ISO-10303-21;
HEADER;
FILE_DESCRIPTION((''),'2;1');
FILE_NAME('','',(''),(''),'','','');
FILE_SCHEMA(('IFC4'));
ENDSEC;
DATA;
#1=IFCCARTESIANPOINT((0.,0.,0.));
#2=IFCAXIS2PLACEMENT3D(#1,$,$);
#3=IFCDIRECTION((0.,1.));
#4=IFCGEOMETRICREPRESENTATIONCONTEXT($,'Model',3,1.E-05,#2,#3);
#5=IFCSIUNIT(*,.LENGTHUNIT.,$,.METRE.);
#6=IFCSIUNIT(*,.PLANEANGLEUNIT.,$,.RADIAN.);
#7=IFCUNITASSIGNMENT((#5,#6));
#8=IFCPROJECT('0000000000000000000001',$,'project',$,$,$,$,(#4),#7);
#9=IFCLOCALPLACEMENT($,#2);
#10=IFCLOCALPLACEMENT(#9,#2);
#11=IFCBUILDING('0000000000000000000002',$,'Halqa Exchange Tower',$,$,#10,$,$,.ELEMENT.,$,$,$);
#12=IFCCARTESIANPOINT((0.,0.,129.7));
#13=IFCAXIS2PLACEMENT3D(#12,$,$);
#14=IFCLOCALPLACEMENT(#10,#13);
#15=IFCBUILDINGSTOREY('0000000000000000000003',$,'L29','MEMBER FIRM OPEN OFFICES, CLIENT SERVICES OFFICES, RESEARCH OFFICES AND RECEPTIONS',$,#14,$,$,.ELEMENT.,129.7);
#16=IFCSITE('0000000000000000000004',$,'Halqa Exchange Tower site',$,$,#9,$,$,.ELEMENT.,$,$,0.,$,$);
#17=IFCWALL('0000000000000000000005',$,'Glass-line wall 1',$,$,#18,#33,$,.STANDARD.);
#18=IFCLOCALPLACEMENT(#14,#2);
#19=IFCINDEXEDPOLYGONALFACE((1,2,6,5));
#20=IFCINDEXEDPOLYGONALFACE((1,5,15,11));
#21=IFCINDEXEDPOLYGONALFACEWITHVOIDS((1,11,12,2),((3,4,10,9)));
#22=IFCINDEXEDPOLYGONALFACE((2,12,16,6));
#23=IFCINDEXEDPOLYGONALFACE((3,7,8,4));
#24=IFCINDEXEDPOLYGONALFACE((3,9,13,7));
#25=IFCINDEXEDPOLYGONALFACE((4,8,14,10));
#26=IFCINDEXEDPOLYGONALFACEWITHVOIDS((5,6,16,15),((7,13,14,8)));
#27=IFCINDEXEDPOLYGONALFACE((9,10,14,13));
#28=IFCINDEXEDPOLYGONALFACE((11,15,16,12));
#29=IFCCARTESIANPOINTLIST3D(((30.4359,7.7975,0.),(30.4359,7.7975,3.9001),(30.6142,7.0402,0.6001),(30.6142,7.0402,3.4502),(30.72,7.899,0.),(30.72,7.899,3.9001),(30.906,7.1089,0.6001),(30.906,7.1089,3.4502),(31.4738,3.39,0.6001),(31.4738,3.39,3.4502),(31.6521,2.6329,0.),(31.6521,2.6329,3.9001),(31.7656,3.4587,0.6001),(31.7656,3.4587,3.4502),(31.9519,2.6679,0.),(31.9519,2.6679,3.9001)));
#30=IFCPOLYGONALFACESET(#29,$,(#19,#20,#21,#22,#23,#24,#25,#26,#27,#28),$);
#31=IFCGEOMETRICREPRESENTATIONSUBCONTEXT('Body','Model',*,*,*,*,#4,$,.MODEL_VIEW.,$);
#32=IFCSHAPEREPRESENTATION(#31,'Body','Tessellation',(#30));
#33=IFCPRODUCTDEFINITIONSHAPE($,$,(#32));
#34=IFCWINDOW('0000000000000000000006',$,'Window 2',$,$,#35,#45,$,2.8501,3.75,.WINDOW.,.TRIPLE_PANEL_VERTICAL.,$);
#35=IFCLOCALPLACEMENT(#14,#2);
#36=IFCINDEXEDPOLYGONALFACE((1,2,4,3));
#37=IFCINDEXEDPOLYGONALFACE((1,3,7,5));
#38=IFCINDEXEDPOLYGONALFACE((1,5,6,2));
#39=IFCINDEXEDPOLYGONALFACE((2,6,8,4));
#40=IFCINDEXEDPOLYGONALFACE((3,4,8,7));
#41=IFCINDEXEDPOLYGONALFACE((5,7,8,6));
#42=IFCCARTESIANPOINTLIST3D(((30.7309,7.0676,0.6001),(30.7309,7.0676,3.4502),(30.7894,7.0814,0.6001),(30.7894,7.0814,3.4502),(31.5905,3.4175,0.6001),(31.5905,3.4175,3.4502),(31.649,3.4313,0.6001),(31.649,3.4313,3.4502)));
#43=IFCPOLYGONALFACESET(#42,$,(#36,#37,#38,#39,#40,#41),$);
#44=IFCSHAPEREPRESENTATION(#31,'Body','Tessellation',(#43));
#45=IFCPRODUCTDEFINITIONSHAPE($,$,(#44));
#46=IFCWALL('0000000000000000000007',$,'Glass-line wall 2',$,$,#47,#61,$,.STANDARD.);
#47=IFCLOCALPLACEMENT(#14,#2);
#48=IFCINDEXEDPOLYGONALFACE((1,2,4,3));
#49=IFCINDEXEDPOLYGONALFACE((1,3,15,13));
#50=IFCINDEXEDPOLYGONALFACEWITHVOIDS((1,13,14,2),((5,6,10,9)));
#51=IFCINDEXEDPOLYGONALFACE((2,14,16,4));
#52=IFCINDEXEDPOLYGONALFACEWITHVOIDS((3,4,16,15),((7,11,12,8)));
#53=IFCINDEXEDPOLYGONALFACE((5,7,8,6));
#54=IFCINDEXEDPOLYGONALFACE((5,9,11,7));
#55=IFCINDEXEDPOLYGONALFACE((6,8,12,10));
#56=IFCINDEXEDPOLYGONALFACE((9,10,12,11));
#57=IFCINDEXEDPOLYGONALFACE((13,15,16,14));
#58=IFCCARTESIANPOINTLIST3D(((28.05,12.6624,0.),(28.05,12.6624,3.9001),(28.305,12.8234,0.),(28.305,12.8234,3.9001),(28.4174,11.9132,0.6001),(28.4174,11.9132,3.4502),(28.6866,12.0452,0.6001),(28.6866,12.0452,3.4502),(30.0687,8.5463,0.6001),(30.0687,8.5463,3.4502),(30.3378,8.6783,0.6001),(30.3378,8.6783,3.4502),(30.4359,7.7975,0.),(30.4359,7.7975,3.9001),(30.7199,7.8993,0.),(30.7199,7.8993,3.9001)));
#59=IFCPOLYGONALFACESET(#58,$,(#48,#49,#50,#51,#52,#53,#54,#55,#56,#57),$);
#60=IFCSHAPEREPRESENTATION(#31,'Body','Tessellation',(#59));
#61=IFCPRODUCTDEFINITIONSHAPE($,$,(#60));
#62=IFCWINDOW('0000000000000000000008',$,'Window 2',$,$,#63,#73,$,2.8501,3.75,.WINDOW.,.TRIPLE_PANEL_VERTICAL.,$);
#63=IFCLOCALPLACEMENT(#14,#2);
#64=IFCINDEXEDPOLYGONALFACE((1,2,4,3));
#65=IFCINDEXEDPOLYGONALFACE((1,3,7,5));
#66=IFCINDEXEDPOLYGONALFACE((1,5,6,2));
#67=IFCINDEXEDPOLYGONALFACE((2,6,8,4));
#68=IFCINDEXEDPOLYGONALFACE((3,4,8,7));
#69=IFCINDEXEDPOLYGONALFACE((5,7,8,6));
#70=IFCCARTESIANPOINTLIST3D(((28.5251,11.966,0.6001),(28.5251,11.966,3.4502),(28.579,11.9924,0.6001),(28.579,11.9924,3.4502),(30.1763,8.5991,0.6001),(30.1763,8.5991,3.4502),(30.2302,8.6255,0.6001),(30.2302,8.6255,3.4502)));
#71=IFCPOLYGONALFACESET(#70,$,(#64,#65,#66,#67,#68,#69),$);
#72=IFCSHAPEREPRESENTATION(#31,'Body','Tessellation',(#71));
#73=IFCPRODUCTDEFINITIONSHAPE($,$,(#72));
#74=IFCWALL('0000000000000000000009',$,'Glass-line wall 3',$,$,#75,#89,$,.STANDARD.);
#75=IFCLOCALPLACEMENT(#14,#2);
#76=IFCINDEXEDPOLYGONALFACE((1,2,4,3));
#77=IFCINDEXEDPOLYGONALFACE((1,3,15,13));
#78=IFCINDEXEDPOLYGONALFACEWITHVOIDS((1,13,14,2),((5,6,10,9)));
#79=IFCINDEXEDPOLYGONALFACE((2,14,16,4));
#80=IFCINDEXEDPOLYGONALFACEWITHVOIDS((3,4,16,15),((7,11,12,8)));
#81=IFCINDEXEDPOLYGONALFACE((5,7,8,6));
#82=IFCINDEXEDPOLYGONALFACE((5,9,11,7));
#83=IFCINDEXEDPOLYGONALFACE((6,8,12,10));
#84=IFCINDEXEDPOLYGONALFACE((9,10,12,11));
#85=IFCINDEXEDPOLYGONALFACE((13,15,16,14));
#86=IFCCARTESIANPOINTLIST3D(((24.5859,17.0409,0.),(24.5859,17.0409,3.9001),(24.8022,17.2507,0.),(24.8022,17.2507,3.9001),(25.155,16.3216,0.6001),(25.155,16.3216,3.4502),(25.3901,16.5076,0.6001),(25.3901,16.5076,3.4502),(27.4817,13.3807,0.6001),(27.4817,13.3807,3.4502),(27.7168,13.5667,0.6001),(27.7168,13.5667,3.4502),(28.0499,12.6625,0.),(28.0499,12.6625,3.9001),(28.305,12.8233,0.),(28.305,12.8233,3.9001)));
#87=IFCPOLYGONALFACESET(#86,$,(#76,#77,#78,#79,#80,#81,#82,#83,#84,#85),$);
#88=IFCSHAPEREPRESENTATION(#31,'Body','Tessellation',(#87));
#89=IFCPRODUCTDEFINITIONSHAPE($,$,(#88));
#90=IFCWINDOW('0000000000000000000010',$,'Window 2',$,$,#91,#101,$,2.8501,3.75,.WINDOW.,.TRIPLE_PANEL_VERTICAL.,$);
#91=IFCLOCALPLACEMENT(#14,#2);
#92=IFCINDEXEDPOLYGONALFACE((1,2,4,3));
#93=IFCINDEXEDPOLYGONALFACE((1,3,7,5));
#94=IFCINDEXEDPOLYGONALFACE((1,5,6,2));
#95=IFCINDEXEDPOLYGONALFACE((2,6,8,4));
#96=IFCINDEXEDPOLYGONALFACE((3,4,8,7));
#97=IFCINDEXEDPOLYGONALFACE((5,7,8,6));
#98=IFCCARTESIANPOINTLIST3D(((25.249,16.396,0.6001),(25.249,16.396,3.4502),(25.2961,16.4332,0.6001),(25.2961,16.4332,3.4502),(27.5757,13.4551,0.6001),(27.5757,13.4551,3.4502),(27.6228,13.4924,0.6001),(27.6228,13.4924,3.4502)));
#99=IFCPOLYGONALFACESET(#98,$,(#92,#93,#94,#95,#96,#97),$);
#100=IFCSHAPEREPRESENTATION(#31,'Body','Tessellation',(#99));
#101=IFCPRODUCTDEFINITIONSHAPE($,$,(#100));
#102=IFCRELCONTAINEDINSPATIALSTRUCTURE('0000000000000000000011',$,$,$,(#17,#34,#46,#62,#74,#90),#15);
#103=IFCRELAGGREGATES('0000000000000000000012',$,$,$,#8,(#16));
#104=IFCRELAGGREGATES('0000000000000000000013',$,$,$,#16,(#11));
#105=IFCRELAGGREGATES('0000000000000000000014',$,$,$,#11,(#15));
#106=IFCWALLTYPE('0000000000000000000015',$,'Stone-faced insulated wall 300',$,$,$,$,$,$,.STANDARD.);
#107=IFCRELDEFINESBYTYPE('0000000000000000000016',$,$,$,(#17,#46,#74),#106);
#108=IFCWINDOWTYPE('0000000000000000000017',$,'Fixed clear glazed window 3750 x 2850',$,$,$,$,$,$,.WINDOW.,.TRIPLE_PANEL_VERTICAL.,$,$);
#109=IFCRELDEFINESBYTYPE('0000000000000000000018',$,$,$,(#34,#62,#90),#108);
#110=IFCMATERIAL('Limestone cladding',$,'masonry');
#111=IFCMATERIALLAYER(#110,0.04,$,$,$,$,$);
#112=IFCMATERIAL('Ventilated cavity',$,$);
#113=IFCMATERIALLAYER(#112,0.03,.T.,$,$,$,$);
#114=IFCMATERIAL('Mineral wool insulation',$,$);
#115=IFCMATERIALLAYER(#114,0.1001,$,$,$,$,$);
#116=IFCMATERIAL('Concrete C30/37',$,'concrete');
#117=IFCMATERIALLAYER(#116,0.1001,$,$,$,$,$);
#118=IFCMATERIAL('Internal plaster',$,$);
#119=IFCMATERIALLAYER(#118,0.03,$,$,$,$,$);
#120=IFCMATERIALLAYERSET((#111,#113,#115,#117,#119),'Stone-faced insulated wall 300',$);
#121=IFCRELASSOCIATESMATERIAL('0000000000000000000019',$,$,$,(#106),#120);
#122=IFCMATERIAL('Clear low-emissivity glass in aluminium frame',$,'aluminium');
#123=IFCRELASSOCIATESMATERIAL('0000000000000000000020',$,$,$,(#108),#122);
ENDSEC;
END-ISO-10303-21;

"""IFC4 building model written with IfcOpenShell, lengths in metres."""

from ifc_helpers import new_model, si_unit, direction, frame, frame_2d, origin, place, context, subcontext, project, spatial, polyline, rectangle, outline, extrude, material, layer, layer_set, type_object, element, fill, save


model = new_model("IFC4")

# Units and contexts
model_context = context("Model", 3, precision=1e-05, world=origin(), true_north=direction((0.0, 1.0)))
body_context = subcontext(model_context, "Body", "Model", "MODEL_VIEW")
ifc_project = project(units=[si_unit("LENGTHUNIT", "METRE"), si_unit("PLANEANGLEUNIT", "RADIAN")], contexts=[model_context])

# Site, building, storey
site_placement = place(None, origin())
site = spatial("IfcSite", under=ifc_project, at=site_placement, Name="Halqa Exchange Tower site", CompositionType="ELEMENT", RefElevation=0.0)
building_placement = place(site_placement, origin())
building = spatial("IfcBuilding", under=site, at=building_placement, Name="Halqa Exchange Tower", CompositionType="ELEMENT")
storey_placement = place(building_placement, frame((0.0, 0.0, 129.7)))
storey = spatial("IfcBuildingStorey", under=building, at=storey_placement, Name="L29", Description="MEMBER FIRM OPEN OFFICES, CLIENT SERVICES OFFICES, RESEARCH OFFICES AND RECEPTIONS", CompositionType="ELEMENT", Elevation=129.7)

# Walls, openings, windows
ifc_material_1 = material(Name="Limestone cladding", Category="masonry")
ifc_layer_1 = layer(ifc_material_1, 0.04)
ifc_material_2 = material(Name="Ventilated cavity")
ifc_layer_2 = layer(ifc_material_2, 0.03, ventilated=True)
ifc_material_3 = material(Name="Mineral wool insulation")
ifc_layer_3 = layer(ifc_material_3, 0.1001)
ifc_material_4 = material(Name="Concrete C30/37", Category="concrete")
ifc_layer_4 = layer(ifc_material_4, 0.1001)
ifc_material_5 = material(Name="Internal plaster")
ifc_layer_5 = layer(ifc_material_5, 0.03)
ifc_layer_set_1 = layer_set([ifc_layer_1, ifc_layer_2, ifc_layer_3, ifc_layer_4, ifc_layer_5], Name="Stone-faced insulated wall 300")
wall_type_1 = type_object("IfcWallType", Name="Stone-faced insulated wall 300", PredefinedType="STANDARD", material=ifc_layer_set_1)
wall_1_placement = place(storey_placement, frame((31.802, 2.6504, 0.0), z_axis=(0.0, 0.0, 1.0), x_axis=(-0.229228, 0.973373, 0.0)))
wall_1 = element("IfcWall", 1, at=wall_1_placement, inside=storey, type_object=wall_type_1, Name="Glass-line wall 1", PredefinedType="STANDARD", context=body_context, shape_type="SweptSolid", body=[
    extrude(outline(polyline([(-0.0173, -0.1499), (5.3569, -0.1499), (5.3232, 0.1499), (0.0173, 0.1499), (-0.0173, -0.1499)])), origin(), (0.0, 0.0, 1.0), 3.9001),
])
opening_1_placement = place(wall_1_placement, frame((0.7952, 0.0, 0.6001)))
opening_1 = element("IfcOpeningElement", 2, at=opening_1_placement, cuts=wall_1, PredefinedType="OPENING", context=body_context, shape_type="SweptSolid", body=[
    extrude(rectangle(XDim=3.75, YDim=2.8501, at=frame_2d((1.875, 1.425))), frame((0.0, 0.1621, 0.0), z_axis=(0.0, -1.0, 0.0), x_axis=(1.0, 0.0, 0.0)), (0.0, 0.0, 1.0), 0.324),
])
ifc_material_6 = material(Name="Clear low-emissivity glass in aluminium frame", Category="aluminium")
window_type = type_object("IfcWindowType", Name="Fixed clear glazed window 3750 x 2850", PartitioningType="TRIPLE_PANEL_VERTICAL", PredefinedType="WINDOW", material=ifc_material_6)
window_1_placement = place(opening_1_placement, origin())
window_1 = element("IfcWindow", 3, at=window_1_placement, inside=storey, type_object=window_type, Name="Window 2", OverallHeight=2.8501, OverallWidth=3.75, PartitioningType="TRIPLE_PANEL_VERTICAL", PredefinedType="WINDOW", context=body_context, shape_type="SweptSolid", body=[
    extrude(rectangle(XDim=3.75, YDim=2.8501, at=frame_2d((1.875, 1.425))), frame((0.0, 0.03, 0.0), z_axis=(0.0, -1.0, 0.0), x_axis=(1.0, 0.0, 0.0)), (0.0, 0.0, 1.0), 0.0601),
])
fill(opening_1, window_1)
wall_2_placement = place(storey_placement, frame((30.5779, 7.8484, 0.0), z_axis=(0.0, 0.0, 1.0), x_axis=(-0.440321, 0.89784, 0.0)))
wall_2 = element("IfcWall", 4, at=wall_2_placement, inside=storey, type_object=wall_type_1, Name="Glass-line wall 2", PredefinedType="STANDARD", context=body_context, shape_type="SweptSolid", body=[
    extrude(outline(polyline([(-0.0168, -0.1499), (5.4675, -0.1499), (5.4353, 0.1499), (0.0168, 0.1499), (-0.0168, -0.1499)])), origin(), (0.0, 0.0, 1.0), 3.9001),
])
opening_2_placement = place(wall_2_placement, frame((0.8508, 0.0, 0.6001)))
opening_2 = element("IfcOpeningElement", 5, at=opening_2_placement, cuts=wall_2, PredefinedType="OPENING", context=body_context, shape_type="SweptSolid", body=[
    extrude(rectangle(XDim=3.75, YDim=2.8501, at=frame_2d((1.875, 1.425))), frame((0.0, 0.1621, 0.0), z_axis=(0.0, -1.0, 0.0), x_axis=(1.0, 0.0, 0.0)), (0.0, 0.0, 1.0), 0.324),
])
window_2_placement = place(opening_2_placement, origin())
window_2 = element("IfcWindow", 6, at=window_2_placement, inside=storey, type_object=window_type, Name="Window 2", OverallHeight=2.8501, OverallWidth=3.75, PartitioningType="TRIPLE_PANEL_VERTICAL", PredefinedType="WINDOW", context=body_context, shape_type="SweptSolid", body=[
    extrude(rectangle(XDim=3.75, YDim=2.8501, at=frame_2d((1.875, 1.425))), frame((0.0, 0.03, 0.0), z_axis=(0.0, -1.0, 0.0), x_axis=(1.0, 0.0, 0.0)), (0.0, 0.0, 1.0), 0.0601),
])
fill(opening_2, window_2)
wall_3_placement = place(storey_placement, frame((28.1775, 12.7429, 0.0), z_axis=(0.0, 0.0, 1.0), x_axis=(-0.620465, 0.784234, 0.0)))
wall_3 = element("IfcWall", 7, at=wall_3_placement, inside=storey, type_object=wall_type_1, Name="Glass-line wall 3", PredefinedType="STANDARD", context=body_context, shape_type="SweptSolid", body=[
    extrude(outline(polyline([(-0.0161, -0.1499), (5.6294, -0.1499), (5.5991, 0.1499), (0.0161, 0.1499), (-0.0161, -0.1499)])), origin(), (0.0, 0.0, 1.0), 3.9001),
])
opening_3_placement = place(wall_3_placement, frame((0.9319, 0.0, 0.6001)))
opening_3 = element("IfcOpeningElement", 8, at=opening_3_placement, cuts=wall_3, PredefinedType="OPENING", context=body_context, shape_type="SweptSolid", body=[
    extrude(rectangle(XDim=3.75, YDim=2.8501, at=frame_2d((1.875, 1.425))), frame((0.0, 0.1621, 0.0), z_axis=(0.0, -1.0, 0.0), x_axis=(1.0, 0.0, 0.0)), (0.0, 0.0, 1.0), 0.324),
])
window_3_placement = place(opening_3_placement, origin())
window_3 = element("IfcWindow", 9, at=window_3_placement, inside=storey, type_object=window_type, Name="Window 2", OverallHeight=2.8501, OverallWidth=3.75, PartitioningType="TRIPLE_PANEL_VERTICAL", PredefinedType="WINDOW", context=body_context, shape_type="SweptSolid", body=[
    extrude(rectangle(XDim=3.75, YDim=2.8501, at=frame_2d((1.875, 1.425))), frame((0.0, 0.03, 0.0), z_axis=(0.0, -1.0, 0.0), x_axis=(1.0, 0.0, 0.0)), (0.0, 0.0, 1.0), 0.0601),
])
fill(opening_3, window_3)

save(model, "model.ifc")
